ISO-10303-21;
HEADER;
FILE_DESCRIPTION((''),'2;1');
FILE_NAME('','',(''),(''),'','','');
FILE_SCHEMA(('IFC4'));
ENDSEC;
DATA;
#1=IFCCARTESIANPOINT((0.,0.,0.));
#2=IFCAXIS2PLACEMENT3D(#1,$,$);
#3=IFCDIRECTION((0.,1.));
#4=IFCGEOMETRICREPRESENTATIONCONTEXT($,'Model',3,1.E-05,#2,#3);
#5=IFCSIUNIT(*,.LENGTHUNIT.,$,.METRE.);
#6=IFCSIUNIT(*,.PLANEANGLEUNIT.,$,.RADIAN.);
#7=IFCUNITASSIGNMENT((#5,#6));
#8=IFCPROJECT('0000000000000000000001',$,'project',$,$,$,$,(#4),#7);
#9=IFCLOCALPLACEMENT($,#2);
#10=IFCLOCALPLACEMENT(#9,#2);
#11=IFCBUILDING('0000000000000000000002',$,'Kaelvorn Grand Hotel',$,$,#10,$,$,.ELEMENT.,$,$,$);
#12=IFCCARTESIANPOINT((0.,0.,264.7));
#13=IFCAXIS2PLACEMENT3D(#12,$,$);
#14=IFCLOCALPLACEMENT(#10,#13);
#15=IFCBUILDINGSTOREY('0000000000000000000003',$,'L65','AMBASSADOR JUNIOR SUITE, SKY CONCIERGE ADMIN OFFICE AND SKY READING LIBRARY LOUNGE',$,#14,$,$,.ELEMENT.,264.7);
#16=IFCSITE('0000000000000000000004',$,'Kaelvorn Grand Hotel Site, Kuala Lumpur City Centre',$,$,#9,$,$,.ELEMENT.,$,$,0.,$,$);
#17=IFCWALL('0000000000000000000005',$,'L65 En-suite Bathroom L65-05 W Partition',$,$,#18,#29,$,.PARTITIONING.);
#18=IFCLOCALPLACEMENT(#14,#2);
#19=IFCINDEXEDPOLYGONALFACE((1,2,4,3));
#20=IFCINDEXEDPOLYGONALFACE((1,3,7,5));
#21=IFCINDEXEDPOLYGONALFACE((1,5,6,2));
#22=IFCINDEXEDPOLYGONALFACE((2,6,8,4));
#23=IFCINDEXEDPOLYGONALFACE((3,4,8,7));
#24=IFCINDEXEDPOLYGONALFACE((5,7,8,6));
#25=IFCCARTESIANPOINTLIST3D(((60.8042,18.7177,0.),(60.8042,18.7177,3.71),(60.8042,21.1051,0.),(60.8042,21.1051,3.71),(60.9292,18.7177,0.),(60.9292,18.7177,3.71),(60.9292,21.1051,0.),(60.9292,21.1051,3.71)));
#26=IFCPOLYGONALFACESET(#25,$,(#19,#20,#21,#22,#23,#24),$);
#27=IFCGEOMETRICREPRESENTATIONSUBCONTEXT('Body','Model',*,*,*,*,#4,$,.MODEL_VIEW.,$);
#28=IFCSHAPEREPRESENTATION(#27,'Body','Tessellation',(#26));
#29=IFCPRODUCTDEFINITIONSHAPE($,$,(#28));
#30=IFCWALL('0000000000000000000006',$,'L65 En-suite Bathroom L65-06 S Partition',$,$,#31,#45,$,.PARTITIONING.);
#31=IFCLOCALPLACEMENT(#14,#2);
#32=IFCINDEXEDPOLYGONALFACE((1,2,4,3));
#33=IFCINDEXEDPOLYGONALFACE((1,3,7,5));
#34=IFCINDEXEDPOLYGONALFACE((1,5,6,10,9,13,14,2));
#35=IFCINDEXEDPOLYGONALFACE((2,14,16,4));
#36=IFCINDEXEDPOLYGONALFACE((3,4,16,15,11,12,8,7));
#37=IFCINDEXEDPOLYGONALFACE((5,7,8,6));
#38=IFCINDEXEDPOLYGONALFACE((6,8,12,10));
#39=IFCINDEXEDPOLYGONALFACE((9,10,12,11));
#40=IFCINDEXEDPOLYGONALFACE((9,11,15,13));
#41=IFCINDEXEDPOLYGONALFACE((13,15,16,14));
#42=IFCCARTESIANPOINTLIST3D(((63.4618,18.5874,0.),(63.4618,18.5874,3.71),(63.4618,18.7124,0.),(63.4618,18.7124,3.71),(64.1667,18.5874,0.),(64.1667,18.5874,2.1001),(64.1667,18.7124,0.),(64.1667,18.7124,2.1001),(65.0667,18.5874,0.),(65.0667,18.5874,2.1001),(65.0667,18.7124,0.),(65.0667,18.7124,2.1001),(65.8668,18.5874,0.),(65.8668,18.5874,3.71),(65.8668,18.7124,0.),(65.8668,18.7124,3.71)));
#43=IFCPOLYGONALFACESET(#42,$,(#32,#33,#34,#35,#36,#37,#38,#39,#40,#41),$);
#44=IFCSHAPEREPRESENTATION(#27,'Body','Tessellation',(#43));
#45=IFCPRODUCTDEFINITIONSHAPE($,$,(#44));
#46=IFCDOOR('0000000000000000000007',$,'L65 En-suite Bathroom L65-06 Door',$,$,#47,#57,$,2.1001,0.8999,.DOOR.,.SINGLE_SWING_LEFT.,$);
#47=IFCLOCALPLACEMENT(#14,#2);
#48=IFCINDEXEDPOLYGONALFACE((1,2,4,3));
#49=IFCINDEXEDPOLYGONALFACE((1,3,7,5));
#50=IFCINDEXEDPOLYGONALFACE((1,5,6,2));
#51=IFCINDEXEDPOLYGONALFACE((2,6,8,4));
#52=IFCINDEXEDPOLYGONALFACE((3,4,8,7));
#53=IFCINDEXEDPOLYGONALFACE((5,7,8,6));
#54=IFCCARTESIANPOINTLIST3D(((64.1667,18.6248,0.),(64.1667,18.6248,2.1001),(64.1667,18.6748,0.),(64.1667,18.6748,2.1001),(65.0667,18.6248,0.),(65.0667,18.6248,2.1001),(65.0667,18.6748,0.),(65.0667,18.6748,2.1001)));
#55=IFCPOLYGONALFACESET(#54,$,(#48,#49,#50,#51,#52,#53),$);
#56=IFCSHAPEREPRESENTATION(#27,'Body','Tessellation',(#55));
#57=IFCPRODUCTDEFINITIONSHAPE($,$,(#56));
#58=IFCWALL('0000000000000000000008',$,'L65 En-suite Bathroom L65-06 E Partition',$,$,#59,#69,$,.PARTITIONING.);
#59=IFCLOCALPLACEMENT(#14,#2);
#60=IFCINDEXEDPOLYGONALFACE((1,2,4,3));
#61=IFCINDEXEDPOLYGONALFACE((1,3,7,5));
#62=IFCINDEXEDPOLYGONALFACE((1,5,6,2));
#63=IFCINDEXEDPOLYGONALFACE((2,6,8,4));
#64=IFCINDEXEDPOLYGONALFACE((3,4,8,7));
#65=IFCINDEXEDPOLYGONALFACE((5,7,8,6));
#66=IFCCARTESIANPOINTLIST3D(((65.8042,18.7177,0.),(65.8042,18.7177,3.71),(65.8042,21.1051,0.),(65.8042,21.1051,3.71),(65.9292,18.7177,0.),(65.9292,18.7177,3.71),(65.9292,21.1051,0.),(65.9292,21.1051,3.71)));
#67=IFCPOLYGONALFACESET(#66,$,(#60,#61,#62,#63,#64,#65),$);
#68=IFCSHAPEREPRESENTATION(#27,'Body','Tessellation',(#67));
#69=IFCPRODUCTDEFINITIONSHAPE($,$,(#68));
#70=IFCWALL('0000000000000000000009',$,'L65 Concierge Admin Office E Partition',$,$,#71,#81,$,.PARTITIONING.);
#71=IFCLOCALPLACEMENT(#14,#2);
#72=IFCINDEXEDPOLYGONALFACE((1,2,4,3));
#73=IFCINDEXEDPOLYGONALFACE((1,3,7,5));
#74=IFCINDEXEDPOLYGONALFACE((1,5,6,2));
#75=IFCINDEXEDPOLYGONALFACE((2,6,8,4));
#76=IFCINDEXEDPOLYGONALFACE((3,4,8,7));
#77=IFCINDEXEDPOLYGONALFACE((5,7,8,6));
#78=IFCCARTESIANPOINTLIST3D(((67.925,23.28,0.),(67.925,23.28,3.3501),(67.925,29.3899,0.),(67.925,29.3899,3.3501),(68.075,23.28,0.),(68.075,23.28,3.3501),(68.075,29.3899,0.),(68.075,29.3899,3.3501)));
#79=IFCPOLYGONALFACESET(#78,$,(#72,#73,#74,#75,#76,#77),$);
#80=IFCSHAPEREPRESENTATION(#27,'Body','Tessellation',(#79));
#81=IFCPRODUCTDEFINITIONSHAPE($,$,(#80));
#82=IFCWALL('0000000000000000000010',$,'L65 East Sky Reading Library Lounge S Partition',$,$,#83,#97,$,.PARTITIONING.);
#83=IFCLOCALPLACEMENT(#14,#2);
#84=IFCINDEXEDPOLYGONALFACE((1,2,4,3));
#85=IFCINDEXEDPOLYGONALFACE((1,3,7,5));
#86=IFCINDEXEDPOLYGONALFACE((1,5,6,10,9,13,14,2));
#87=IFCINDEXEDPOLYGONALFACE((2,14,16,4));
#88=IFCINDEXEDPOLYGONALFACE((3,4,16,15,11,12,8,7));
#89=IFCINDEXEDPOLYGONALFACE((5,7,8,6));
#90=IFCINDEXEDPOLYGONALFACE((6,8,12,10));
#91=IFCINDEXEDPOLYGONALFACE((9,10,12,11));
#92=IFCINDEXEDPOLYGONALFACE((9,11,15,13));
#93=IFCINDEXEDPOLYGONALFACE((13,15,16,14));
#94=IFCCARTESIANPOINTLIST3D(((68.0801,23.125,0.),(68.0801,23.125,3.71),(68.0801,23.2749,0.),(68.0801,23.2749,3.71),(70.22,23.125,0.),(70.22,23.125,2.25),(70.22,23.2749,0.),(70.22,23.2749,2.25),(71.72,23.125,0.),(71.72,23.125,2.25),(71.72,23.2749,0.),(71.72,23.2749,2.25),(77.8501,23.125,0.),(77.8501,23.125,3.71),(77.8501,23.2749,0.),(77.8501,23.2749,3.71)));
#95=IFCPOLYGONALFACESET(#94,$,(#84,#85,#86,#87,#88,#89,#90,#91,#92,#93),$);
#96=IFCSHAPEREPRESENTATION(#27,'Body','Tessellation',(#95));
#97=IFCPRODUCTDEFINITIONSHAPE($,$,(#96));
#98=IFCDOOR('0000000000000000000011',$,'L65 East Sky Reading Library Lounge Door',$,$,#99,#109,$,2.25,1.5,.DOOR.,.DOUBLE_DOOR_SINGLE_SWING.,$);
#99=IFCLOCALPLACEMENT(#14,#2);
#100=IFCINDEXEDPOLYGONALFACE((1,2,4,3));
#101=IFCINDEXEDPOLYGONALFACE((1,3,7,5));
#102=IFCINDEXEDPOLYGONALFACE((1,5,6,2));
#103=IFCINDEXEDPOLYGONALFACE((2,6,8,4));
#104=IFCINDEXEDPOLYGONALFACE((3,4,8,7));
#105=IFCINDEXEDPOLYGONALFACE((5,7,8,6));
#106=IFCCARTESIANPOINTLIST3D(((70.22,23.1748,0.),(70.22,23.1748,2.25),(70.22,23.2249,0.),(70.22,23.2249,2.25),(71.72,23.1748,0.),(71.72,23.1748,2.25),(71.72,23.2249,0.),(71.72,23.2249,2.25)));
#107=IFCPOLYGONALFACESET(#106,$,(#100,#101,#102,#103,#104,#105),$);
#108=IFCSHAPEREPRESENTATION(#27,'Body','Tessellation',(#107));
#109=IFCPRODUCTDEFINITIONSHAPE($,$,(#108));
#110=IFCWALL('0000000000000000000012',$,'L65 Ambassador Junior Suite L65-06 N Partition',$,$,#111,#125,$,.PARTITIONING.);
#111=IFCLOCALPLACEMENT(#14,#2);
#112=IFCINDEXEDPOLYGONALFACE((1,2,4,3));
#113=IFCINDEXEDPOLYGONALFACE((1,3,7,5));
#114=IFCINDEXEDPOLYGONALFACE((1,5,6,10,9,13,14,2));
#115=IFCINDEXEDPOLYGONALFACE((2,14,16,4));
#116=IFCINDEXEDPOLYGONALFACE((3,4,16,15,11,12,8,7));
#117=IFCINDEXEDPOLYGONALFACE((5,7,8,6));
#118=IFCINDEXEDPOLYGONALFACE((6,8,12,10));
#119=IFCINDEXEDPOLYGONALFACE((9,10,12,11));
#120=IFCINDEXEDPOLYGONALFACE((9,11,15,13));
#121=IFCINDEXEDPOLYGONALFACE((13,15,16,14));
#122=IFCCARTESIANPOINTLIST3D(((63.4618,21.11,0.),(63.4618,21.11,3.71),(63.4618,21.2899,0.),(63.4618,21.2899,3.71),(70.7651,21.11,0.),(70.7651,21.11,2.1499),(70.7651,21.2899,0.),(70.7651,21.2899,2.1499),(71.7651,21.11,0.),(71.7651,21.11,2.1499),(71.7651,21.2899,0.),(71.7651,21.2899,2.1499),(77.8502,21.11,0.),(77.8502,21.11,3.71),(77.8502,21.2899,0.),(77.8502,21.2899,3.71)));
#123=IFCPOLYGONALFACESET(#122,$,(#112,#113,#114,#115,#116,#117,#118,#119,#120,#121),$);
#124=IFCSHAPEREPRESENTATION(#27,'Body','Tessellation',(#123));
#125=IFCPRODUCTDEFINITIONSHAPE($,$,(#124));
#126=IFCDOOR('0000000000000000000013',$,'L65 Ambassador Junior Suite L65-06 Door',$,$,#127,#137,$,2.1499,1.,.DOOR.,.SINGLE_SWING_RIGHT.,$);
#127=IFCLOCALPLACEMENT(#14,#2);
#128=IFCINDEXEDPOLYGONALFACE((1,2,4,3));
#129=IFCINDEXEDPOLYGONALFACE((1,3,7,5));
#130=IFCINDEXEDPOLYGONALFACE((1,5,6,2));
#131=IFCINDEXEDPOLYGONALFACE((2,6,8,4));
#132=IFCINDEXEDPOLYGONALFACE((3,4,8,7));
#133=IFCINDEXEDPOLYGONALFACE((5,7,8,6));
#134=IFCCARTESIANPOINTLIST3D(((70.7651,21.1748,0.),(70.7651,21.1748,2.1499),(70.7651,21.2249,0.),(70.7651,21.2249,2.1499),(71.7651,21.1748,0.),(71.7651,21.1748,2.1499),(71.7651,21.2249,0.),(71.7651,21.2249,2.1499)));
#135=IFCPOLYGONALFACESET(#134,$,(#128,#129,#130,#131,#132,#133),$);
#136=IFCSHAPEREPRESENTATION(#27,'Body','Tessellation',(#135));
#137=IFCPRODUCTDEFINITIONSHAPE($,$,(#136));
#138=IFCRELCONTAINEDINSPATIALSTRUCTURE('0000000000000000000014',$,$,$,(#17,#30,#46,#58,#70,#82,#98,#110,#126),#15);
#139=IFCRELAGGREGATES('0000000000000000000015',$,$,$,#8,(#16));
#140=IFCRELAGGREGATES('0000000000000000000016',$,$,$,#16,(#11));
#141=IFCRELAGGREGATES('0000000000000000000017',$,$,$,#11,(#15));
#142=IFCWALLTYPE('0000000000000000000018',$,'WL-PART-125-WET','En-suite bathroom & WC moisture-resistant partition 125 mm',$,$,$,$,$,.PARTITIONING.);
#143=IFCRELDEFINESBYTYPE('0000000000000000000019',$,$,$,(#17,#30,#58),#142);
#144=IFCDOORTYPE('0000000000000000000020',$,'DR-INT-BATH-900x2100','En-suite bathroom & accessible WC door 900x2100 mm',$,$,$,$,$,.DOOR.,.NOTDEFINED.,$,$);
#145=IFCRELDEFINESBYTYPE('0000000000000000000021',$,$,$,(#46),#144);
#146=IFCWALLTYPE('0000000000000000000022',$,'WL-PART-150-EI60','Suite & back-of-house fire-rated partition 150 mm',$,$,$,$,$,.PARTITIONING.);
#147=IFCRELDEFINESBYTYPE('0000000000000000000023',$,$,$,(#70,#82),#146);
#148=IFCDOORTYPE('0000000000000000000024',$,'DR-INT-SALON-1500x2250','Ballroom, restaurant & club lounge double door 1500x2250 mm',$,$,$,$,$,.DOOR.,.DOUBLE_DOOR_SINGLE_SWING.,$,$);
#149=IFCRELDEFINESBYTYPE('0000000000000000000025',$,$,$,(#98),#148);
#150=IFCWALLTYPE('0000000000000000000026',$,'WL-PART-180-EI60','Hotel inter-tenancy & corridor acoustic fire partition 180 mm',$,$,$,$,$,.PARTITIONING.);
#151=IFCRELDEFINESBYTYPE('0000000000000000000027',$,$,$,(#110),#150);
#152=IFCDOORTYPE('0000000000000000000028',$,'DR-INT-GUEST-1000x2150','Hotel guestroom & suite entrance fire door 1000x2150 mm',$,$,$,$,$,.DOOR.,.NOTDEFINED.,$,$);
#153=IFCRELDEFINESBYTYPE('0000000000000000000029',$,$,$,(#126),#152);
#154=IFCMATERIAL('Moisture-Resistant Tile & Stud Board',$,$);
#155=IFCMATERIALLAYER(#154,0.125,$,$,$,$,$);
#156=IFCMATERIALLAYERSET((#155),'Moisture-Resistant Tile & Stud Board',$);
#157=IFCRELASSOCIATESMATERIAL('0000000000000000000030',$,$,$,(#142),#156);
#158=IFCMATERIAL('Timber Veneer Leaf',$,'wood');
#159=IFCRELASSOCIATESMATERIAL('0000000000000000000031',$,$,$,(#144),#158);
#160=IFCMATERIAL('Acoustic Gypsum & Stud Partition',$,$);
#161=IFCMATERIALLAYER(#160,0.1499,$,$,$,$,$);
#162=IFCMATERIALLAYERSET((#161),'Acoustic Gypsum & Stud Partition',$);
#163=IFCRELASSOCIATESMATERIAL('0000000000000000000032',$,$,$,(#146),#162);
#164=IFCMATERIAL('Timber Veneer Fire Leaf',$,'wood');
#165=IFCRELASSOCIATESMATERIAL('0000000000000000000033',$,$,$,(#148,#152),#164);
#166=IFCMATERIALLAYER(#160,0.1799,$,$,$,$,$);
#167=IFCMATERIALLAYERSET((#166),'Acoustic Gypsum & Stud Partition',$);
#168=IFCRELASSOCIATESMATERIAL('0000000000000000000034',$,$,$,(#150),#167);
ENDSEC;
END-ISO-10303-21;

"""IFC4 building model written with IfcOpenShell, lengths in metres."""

from ifc_helpers import new_model, si_unit, direction, frame, frame_2d, origin, place, context, subcontext, project, spatial, rectangle, extrude, material, layer, layer_set, type_object, element, fill, save


model = new_model("IFC4")

# Units and contexts
model_context = context("Model", 3, precision=1e-05, world=origin(), true_north=direction((0.0, 1.0)))
body_context = subcontext(model_context, "Body", "Model", "MODEL_VIEW")
ifc_project = project(units=[si_unit("LENGTHUNIT", "METRE"), si_unit("PLANEANGLEUNIT", "RADIAN")], contexts=[model_context])

# Site, building, storey
site_placement = place(None, origin())
site = spatial("IfcSite", under=ifc_project, at=site_placement, Name="Kaelvorn Grand Hotel Site, Kuala Lumpur City Centre", CompositionType="ELEMENT", RefElevation=0.0)
building_placement = place(site_placement, origin())
building = spatial("IfcBuilding", under=site, at=building_placement, Name="Kaelvorn Grand Hotel", CompositionType="ELEMENT")
storey_placement = place(building_placement, frame((0.0, 0.0, 264.7)))
storey = spatial("IfcBuildingStorey", under=building, at=storey_placement, Name="L65", Description="AMBASSADOR JUNIOR SUITE, SKY CONCIERGE ADMIN OFFICE AND SKY READING LIBRARY LOUNGE", CompositionType="ELEMENT", Elevation=264.7)

# Shared definitions
ifc_material_1 = material(Name="Moisture-Resistant Tile & Stud Board")
ifc_layer_1 = layer(ifc_material_1, 0.125)
ifc_layer_set_1 = layer_set([ifc_layer_1], Name="Moisture-Resistant Tile & Stud Board")
wall_type_1 = type_object("IfcWallType", Name="WL-PART-125-WET", Description="En-suite bathroom & WC moisture-resistant partition 125 mm", PredefinedType="PARTITIONING", material=ifc_layer_set_1)
ifc_material_2 = material(Name="Timber Veneer Leaf", Category="wood")
door_type_1 = type_object("IfcDoorType", Name="DR-INT-BATH-900x2100", Description="En-suite bathroom & accessible WC door 900x2100 mm", OperationType="NOTDEFINED", PredefinedType="DOOR", material=ifc_material_2)

# Wall
wall_1_placement = place(storey_placement, frame((60.8667, 18.7175, 0.0), z_axis=(0.0, 0.0, 1.0), x_axis=(0.0, 1.0, 0.0)))
element("IfcWall", 1, at=wall_1_placement, inside=storey, type_object=wall_type_1, Name="L65 En-suite Bathroom L65-05 W Partition", PredefinedType="PARTITIONING", context=body_context, shape_type="SweptSolid", body=[
    extrude(rectangle(XDim=2.3875, YDim=0.125, at=frame_2d((1.1938, 0.0))), origin(), (0.0, 0.0, 1.0), 3.71),
])

# Wall, opening, door
wall_2_placement = place(storey_placement, frame((63.4617, 18.6499, 0.0), z_axis=(0.0, 0.0, 1.0), x_axis=(1.0, 0.0, 0.0)))
wall_2 = element("IfcWall", 2, at=wall_2_placement, inside=storey, type_object=wall_type_1, Name="L65 En-suite Bathroom L65-06 S Partition", PredefinedType="PARTITIONING", context=body_context, shape_type="SweptSolid", body=[
    extrude(rectangle(XDim=2.405, YDim=0.125, at=frame_2d((1.2026, 0.0))), origin(), (0.0, 0.0, 1.0), 3.71),
])
opening_1_placement = place(wall_2_placement, frame((0.7051, 0.0, 0.0)))
opening_1 = element("IfcOpeningElement", 3, at=opening_1_placement, cuts=wall_2, PredefinedType="OPENING", context=body_context, shape_type="SweptSolid", body=[
    extrude(rectangle(XDim=0.8999, YDim=2.1001, at=frame_2d((0.45, 1.05))), frame((0.0, 0.0725, 0.0), z_axis=(0.0, -1.0, 0.0), x_axis=(1.0, 0.0, 0.0)), (0.0, 0.0, 1.0), 0.145),
])
door_1_placement = place(opening_1_placement, origin())
door_1 = element("IfcDoor", 4, at=door_1_placement, inside=storey, type_object=door_type_1, Name="L65 En-suite Bathroom L65-06 Door", OperationType="SINGLE_SWING_LEFT", OverallHeight=2.1001, OverallWidth=0.8999, PredefinedType="DOOR", context=body_context, shape_type="SweptSolid", body=[
    extrude(rectangle(XDim=0.8999, YDim=2.1001, at=frame_2d((0.45, 1.05))), frame((0.0, 0.0249, 0.0), z_axis=(0.0, -1.0, 0.0), x_axis=(1.0, 0.0, 0.0)), (0.0, 0.0, 1.0), 0.05),
])
fill(opening_1, door_1)

# Walls
wall_3_placement = place(storey_placement, frame((65.8667, 18.7175, 0.0), z_axis=(0.0, 0.0, 1.0), x_axis=(0.0, 1.0, 0.0)))
element("IfcWall", 5, at=wall_3_placement, inside=storey, type_object=wall_type_1, Name="L65 En-suite Bathroom L65-06 E Partition", PredefinedType="PARTITIONING", context=body_context, shape_type="SweptSolid", body=[
    extrude(rectangle(XDim=2.3875, YDim=0.125, at=frame_2d((1.1938, 0.0))), origin(), (0.0, 0.0, 1.0), 3.71),
])
ifc_material_3 = material(Name="Acoustic Gypsum & Stud Partition")
ifc_layer_2 = layer(ifc_material_3, 0.1499)
ifc_layer_set_2 = layer_set([ifc_layer_2], Name="Acoustic Gypsum & Stud Partition")
wall_type_2 = type_object("IfcWallType", Name="WL-PART-150-EI60", Description="Suite & back-of-house fire-rated partition 150 mm", PredefinedType="PARTITIONING", material=ifc_layer_set_2)
wall_4_placement = place(storey_placement, frame((68.0, 23.28, 0.0), z_axis=(0.0, 0.0, 1.0), x_axis=(0.0, 1.0, 0.0)))
element("IfcWall", 6, at=wall_4_placement, inside=storey, type_object=wall_type_2, Name="L65 Concierge Admin Office E Partition", PredefinedType="PARTITIONING", context=body_context, shape_type="SweptSolid", body=[
    extrude(rectangle(XDim=6.1099, YDim=0.1499, at=frame_2d((3.0549, 0.0))), origin(), (0.0, 0.0, 1.0), 3.3501),
])

# Walls, openings, doors
wall_5_placement = place(storey_placement, frame((68.0801, 23.2, 0.0), z_axis=(0.0, 0.0, 1.0), x_axis=(1.0, 0.0, 0.0)))
wall_5 = element("IfcWall", 7, at=wall_5_placement, inside=storey, type_object=wall_type_2, Name="L65 East Sky Reading Library Lounge S Partition", PredefinedType="PARTITIONING", context=body_context, shape_type="SweptSolid", body=[
    extrude(rectangle(XDim=9.77, YDim=0.1499, at=frame_2d((4.885, 0.0))), origin(), (0.0, 0.0, 1.0), 3.71),
])
opening_2_placement = place(wall_5_placement, frame((2.1399, 0.0, 0.0)))
opening_2 = element("IfcOpeningElement", 8, at=opening_2_placement, cuts=wall_5, PredefinedType="OPENING", context=body_context, shape_type="SweptSolid", body=[
    extrude(rectangle(XDim=1.5, YDim=2.25, at=frame_2d((0.75, 1.125))), frame((0.0, 0.085, 0.0), z_axis=(0.0, -1.0, 0.0), x_axis=(1.0, 0.0, 0.0)), (0.0, 0.0, 1.0), 0.1699),
])
ifc_material_4 = material(Name="Timber Veneer Fire Leaf", Category="wood")
door_type_2 = type_object("IfcDoorType", Name="DR-INT-SALON-1500x2250", Description="Ballroom, restaurant & club lounge double door 1500x2250 mm", OperationType="DOUBLE_DOOR_SINGLE_SWING", PredefinedType="DOOR", material=ifc_material_4)
door_2_placement = place(opening_2_placement, origin())
door_2 = element("IfcDoor", 9, at=door_2_placement, inside=storey, type_object=door_type_2, Name="L65 East Sky Reading Library Lounge Door", OperationType="DOUBLE_DOOR_SINGLE_SWING", OverallHeight=2.25, OverallWidth=1.5, PredefinedType="DOOR", context=body_context, shape_type="SweptSolid", body=[
    extrude(rectangle(XDim=1.5, YDim=2.25, at=frame_2d((0.75, 1.125))), frame((0.0, 0.0249, 0.0), z_axis=(0.0, -1.0, 0.0), x_axis=(1.0, 0.0, 0.0)), (0.0, 0.0, 1.0), 0.05),
])
fill(opening_2, door_2)
ifc_layer_3 = layer(ifc_material_3, 0.1799)
ifc_layer_set_3 = layer_set([ifc_layer_3], Name="Acoustic Gypsum & Stud Partition")
wall_type_3 = type_object("IfcWallType", Name="WL-PART-180-EI60", Description="Hotel inter-tenancy & corridor acoustic fire partition 180 mm", PredefinedType="PARTITIONING", material=ifc_layer_set_3)
wall_6_placement = place(storey_placement, frame((63.4617, 21.2, 0.0), z_axis=(0.0, 0.0, 1.0), x_axis=(1.0, 0.0, 0.0)))
wall_6 = element("IfcWall", 10, at=wall_6_placement, inside=storey, type_object=wall_type_3, Name="L65 Ambassador Junior Suite L65-06 N Partition", PredefinedType="PARTITIONING", context=body_context, shape_type="SweptSolid", body=[
    extrude(rectangle(XDim=14.3884, YDim=0.1799, at=frame_2d((7.1943, 0.0))), origin(), (0.0, 0.0, 1.0), 3.71),
])
opening_3_placement = place(wall_6_placement, frame((7.3035, 0.0, 0.0)))
opening_3 = element("IfcOpeningElement", 11, at=opening_3_placement, cuts=wall_6, PredefinedType="OPENING", context=body_context, shape_type="SweptSolid", body=[
    extrude(rectangle(XDim=1.0, YDim=2.1499, at=frame_2d((0.5, 1.075))), frame((0.0, 0.1001, 0.0), z_axis=(0.0, -1.0, 0.0), x_axis=(1.0, 0.0, 0.0)), (0.0, 0.0, 1.0), 0.2),
])
door_type_3 = type_object("IfcDoorType", Name="DR-INT-GUEST-1000x2150", Description="Hotel guestroom & suite entrance fire door 1000x2150 mm", OperationType="NOTDEFINED", PredefinedType="DOOR", material=ifc_material_4)
door_3_placement = place(opening_3_placement, origin())
door_3 = element("IfcDoor", 12, at=door_3_placement, inside=storey, type_object=door_type_3, Name="L65 Ambassador Junior Suite L65-06 Door", OperationType="SINGLE_SWING_RIGHT", OverallHeight=2.1499, OverallWidth=1.0, PredefinedType="DOOR", context=body_context, shape_type="SweptSolid", body=[
    extrude(rectangle(XDim=1.0, YDim=2.1499, at=frame_2d((0.5, 1.075))), frame((0.0, 0.0249, 0.0), z_axis=(0.0, -1.0, 0.0), x_axis=(1.0, 0.0, 0.0)), (0.0, 0.0, 1.0), 0.05),
])
fill(opening_3, door_3)

save(model, "model.ifc")
